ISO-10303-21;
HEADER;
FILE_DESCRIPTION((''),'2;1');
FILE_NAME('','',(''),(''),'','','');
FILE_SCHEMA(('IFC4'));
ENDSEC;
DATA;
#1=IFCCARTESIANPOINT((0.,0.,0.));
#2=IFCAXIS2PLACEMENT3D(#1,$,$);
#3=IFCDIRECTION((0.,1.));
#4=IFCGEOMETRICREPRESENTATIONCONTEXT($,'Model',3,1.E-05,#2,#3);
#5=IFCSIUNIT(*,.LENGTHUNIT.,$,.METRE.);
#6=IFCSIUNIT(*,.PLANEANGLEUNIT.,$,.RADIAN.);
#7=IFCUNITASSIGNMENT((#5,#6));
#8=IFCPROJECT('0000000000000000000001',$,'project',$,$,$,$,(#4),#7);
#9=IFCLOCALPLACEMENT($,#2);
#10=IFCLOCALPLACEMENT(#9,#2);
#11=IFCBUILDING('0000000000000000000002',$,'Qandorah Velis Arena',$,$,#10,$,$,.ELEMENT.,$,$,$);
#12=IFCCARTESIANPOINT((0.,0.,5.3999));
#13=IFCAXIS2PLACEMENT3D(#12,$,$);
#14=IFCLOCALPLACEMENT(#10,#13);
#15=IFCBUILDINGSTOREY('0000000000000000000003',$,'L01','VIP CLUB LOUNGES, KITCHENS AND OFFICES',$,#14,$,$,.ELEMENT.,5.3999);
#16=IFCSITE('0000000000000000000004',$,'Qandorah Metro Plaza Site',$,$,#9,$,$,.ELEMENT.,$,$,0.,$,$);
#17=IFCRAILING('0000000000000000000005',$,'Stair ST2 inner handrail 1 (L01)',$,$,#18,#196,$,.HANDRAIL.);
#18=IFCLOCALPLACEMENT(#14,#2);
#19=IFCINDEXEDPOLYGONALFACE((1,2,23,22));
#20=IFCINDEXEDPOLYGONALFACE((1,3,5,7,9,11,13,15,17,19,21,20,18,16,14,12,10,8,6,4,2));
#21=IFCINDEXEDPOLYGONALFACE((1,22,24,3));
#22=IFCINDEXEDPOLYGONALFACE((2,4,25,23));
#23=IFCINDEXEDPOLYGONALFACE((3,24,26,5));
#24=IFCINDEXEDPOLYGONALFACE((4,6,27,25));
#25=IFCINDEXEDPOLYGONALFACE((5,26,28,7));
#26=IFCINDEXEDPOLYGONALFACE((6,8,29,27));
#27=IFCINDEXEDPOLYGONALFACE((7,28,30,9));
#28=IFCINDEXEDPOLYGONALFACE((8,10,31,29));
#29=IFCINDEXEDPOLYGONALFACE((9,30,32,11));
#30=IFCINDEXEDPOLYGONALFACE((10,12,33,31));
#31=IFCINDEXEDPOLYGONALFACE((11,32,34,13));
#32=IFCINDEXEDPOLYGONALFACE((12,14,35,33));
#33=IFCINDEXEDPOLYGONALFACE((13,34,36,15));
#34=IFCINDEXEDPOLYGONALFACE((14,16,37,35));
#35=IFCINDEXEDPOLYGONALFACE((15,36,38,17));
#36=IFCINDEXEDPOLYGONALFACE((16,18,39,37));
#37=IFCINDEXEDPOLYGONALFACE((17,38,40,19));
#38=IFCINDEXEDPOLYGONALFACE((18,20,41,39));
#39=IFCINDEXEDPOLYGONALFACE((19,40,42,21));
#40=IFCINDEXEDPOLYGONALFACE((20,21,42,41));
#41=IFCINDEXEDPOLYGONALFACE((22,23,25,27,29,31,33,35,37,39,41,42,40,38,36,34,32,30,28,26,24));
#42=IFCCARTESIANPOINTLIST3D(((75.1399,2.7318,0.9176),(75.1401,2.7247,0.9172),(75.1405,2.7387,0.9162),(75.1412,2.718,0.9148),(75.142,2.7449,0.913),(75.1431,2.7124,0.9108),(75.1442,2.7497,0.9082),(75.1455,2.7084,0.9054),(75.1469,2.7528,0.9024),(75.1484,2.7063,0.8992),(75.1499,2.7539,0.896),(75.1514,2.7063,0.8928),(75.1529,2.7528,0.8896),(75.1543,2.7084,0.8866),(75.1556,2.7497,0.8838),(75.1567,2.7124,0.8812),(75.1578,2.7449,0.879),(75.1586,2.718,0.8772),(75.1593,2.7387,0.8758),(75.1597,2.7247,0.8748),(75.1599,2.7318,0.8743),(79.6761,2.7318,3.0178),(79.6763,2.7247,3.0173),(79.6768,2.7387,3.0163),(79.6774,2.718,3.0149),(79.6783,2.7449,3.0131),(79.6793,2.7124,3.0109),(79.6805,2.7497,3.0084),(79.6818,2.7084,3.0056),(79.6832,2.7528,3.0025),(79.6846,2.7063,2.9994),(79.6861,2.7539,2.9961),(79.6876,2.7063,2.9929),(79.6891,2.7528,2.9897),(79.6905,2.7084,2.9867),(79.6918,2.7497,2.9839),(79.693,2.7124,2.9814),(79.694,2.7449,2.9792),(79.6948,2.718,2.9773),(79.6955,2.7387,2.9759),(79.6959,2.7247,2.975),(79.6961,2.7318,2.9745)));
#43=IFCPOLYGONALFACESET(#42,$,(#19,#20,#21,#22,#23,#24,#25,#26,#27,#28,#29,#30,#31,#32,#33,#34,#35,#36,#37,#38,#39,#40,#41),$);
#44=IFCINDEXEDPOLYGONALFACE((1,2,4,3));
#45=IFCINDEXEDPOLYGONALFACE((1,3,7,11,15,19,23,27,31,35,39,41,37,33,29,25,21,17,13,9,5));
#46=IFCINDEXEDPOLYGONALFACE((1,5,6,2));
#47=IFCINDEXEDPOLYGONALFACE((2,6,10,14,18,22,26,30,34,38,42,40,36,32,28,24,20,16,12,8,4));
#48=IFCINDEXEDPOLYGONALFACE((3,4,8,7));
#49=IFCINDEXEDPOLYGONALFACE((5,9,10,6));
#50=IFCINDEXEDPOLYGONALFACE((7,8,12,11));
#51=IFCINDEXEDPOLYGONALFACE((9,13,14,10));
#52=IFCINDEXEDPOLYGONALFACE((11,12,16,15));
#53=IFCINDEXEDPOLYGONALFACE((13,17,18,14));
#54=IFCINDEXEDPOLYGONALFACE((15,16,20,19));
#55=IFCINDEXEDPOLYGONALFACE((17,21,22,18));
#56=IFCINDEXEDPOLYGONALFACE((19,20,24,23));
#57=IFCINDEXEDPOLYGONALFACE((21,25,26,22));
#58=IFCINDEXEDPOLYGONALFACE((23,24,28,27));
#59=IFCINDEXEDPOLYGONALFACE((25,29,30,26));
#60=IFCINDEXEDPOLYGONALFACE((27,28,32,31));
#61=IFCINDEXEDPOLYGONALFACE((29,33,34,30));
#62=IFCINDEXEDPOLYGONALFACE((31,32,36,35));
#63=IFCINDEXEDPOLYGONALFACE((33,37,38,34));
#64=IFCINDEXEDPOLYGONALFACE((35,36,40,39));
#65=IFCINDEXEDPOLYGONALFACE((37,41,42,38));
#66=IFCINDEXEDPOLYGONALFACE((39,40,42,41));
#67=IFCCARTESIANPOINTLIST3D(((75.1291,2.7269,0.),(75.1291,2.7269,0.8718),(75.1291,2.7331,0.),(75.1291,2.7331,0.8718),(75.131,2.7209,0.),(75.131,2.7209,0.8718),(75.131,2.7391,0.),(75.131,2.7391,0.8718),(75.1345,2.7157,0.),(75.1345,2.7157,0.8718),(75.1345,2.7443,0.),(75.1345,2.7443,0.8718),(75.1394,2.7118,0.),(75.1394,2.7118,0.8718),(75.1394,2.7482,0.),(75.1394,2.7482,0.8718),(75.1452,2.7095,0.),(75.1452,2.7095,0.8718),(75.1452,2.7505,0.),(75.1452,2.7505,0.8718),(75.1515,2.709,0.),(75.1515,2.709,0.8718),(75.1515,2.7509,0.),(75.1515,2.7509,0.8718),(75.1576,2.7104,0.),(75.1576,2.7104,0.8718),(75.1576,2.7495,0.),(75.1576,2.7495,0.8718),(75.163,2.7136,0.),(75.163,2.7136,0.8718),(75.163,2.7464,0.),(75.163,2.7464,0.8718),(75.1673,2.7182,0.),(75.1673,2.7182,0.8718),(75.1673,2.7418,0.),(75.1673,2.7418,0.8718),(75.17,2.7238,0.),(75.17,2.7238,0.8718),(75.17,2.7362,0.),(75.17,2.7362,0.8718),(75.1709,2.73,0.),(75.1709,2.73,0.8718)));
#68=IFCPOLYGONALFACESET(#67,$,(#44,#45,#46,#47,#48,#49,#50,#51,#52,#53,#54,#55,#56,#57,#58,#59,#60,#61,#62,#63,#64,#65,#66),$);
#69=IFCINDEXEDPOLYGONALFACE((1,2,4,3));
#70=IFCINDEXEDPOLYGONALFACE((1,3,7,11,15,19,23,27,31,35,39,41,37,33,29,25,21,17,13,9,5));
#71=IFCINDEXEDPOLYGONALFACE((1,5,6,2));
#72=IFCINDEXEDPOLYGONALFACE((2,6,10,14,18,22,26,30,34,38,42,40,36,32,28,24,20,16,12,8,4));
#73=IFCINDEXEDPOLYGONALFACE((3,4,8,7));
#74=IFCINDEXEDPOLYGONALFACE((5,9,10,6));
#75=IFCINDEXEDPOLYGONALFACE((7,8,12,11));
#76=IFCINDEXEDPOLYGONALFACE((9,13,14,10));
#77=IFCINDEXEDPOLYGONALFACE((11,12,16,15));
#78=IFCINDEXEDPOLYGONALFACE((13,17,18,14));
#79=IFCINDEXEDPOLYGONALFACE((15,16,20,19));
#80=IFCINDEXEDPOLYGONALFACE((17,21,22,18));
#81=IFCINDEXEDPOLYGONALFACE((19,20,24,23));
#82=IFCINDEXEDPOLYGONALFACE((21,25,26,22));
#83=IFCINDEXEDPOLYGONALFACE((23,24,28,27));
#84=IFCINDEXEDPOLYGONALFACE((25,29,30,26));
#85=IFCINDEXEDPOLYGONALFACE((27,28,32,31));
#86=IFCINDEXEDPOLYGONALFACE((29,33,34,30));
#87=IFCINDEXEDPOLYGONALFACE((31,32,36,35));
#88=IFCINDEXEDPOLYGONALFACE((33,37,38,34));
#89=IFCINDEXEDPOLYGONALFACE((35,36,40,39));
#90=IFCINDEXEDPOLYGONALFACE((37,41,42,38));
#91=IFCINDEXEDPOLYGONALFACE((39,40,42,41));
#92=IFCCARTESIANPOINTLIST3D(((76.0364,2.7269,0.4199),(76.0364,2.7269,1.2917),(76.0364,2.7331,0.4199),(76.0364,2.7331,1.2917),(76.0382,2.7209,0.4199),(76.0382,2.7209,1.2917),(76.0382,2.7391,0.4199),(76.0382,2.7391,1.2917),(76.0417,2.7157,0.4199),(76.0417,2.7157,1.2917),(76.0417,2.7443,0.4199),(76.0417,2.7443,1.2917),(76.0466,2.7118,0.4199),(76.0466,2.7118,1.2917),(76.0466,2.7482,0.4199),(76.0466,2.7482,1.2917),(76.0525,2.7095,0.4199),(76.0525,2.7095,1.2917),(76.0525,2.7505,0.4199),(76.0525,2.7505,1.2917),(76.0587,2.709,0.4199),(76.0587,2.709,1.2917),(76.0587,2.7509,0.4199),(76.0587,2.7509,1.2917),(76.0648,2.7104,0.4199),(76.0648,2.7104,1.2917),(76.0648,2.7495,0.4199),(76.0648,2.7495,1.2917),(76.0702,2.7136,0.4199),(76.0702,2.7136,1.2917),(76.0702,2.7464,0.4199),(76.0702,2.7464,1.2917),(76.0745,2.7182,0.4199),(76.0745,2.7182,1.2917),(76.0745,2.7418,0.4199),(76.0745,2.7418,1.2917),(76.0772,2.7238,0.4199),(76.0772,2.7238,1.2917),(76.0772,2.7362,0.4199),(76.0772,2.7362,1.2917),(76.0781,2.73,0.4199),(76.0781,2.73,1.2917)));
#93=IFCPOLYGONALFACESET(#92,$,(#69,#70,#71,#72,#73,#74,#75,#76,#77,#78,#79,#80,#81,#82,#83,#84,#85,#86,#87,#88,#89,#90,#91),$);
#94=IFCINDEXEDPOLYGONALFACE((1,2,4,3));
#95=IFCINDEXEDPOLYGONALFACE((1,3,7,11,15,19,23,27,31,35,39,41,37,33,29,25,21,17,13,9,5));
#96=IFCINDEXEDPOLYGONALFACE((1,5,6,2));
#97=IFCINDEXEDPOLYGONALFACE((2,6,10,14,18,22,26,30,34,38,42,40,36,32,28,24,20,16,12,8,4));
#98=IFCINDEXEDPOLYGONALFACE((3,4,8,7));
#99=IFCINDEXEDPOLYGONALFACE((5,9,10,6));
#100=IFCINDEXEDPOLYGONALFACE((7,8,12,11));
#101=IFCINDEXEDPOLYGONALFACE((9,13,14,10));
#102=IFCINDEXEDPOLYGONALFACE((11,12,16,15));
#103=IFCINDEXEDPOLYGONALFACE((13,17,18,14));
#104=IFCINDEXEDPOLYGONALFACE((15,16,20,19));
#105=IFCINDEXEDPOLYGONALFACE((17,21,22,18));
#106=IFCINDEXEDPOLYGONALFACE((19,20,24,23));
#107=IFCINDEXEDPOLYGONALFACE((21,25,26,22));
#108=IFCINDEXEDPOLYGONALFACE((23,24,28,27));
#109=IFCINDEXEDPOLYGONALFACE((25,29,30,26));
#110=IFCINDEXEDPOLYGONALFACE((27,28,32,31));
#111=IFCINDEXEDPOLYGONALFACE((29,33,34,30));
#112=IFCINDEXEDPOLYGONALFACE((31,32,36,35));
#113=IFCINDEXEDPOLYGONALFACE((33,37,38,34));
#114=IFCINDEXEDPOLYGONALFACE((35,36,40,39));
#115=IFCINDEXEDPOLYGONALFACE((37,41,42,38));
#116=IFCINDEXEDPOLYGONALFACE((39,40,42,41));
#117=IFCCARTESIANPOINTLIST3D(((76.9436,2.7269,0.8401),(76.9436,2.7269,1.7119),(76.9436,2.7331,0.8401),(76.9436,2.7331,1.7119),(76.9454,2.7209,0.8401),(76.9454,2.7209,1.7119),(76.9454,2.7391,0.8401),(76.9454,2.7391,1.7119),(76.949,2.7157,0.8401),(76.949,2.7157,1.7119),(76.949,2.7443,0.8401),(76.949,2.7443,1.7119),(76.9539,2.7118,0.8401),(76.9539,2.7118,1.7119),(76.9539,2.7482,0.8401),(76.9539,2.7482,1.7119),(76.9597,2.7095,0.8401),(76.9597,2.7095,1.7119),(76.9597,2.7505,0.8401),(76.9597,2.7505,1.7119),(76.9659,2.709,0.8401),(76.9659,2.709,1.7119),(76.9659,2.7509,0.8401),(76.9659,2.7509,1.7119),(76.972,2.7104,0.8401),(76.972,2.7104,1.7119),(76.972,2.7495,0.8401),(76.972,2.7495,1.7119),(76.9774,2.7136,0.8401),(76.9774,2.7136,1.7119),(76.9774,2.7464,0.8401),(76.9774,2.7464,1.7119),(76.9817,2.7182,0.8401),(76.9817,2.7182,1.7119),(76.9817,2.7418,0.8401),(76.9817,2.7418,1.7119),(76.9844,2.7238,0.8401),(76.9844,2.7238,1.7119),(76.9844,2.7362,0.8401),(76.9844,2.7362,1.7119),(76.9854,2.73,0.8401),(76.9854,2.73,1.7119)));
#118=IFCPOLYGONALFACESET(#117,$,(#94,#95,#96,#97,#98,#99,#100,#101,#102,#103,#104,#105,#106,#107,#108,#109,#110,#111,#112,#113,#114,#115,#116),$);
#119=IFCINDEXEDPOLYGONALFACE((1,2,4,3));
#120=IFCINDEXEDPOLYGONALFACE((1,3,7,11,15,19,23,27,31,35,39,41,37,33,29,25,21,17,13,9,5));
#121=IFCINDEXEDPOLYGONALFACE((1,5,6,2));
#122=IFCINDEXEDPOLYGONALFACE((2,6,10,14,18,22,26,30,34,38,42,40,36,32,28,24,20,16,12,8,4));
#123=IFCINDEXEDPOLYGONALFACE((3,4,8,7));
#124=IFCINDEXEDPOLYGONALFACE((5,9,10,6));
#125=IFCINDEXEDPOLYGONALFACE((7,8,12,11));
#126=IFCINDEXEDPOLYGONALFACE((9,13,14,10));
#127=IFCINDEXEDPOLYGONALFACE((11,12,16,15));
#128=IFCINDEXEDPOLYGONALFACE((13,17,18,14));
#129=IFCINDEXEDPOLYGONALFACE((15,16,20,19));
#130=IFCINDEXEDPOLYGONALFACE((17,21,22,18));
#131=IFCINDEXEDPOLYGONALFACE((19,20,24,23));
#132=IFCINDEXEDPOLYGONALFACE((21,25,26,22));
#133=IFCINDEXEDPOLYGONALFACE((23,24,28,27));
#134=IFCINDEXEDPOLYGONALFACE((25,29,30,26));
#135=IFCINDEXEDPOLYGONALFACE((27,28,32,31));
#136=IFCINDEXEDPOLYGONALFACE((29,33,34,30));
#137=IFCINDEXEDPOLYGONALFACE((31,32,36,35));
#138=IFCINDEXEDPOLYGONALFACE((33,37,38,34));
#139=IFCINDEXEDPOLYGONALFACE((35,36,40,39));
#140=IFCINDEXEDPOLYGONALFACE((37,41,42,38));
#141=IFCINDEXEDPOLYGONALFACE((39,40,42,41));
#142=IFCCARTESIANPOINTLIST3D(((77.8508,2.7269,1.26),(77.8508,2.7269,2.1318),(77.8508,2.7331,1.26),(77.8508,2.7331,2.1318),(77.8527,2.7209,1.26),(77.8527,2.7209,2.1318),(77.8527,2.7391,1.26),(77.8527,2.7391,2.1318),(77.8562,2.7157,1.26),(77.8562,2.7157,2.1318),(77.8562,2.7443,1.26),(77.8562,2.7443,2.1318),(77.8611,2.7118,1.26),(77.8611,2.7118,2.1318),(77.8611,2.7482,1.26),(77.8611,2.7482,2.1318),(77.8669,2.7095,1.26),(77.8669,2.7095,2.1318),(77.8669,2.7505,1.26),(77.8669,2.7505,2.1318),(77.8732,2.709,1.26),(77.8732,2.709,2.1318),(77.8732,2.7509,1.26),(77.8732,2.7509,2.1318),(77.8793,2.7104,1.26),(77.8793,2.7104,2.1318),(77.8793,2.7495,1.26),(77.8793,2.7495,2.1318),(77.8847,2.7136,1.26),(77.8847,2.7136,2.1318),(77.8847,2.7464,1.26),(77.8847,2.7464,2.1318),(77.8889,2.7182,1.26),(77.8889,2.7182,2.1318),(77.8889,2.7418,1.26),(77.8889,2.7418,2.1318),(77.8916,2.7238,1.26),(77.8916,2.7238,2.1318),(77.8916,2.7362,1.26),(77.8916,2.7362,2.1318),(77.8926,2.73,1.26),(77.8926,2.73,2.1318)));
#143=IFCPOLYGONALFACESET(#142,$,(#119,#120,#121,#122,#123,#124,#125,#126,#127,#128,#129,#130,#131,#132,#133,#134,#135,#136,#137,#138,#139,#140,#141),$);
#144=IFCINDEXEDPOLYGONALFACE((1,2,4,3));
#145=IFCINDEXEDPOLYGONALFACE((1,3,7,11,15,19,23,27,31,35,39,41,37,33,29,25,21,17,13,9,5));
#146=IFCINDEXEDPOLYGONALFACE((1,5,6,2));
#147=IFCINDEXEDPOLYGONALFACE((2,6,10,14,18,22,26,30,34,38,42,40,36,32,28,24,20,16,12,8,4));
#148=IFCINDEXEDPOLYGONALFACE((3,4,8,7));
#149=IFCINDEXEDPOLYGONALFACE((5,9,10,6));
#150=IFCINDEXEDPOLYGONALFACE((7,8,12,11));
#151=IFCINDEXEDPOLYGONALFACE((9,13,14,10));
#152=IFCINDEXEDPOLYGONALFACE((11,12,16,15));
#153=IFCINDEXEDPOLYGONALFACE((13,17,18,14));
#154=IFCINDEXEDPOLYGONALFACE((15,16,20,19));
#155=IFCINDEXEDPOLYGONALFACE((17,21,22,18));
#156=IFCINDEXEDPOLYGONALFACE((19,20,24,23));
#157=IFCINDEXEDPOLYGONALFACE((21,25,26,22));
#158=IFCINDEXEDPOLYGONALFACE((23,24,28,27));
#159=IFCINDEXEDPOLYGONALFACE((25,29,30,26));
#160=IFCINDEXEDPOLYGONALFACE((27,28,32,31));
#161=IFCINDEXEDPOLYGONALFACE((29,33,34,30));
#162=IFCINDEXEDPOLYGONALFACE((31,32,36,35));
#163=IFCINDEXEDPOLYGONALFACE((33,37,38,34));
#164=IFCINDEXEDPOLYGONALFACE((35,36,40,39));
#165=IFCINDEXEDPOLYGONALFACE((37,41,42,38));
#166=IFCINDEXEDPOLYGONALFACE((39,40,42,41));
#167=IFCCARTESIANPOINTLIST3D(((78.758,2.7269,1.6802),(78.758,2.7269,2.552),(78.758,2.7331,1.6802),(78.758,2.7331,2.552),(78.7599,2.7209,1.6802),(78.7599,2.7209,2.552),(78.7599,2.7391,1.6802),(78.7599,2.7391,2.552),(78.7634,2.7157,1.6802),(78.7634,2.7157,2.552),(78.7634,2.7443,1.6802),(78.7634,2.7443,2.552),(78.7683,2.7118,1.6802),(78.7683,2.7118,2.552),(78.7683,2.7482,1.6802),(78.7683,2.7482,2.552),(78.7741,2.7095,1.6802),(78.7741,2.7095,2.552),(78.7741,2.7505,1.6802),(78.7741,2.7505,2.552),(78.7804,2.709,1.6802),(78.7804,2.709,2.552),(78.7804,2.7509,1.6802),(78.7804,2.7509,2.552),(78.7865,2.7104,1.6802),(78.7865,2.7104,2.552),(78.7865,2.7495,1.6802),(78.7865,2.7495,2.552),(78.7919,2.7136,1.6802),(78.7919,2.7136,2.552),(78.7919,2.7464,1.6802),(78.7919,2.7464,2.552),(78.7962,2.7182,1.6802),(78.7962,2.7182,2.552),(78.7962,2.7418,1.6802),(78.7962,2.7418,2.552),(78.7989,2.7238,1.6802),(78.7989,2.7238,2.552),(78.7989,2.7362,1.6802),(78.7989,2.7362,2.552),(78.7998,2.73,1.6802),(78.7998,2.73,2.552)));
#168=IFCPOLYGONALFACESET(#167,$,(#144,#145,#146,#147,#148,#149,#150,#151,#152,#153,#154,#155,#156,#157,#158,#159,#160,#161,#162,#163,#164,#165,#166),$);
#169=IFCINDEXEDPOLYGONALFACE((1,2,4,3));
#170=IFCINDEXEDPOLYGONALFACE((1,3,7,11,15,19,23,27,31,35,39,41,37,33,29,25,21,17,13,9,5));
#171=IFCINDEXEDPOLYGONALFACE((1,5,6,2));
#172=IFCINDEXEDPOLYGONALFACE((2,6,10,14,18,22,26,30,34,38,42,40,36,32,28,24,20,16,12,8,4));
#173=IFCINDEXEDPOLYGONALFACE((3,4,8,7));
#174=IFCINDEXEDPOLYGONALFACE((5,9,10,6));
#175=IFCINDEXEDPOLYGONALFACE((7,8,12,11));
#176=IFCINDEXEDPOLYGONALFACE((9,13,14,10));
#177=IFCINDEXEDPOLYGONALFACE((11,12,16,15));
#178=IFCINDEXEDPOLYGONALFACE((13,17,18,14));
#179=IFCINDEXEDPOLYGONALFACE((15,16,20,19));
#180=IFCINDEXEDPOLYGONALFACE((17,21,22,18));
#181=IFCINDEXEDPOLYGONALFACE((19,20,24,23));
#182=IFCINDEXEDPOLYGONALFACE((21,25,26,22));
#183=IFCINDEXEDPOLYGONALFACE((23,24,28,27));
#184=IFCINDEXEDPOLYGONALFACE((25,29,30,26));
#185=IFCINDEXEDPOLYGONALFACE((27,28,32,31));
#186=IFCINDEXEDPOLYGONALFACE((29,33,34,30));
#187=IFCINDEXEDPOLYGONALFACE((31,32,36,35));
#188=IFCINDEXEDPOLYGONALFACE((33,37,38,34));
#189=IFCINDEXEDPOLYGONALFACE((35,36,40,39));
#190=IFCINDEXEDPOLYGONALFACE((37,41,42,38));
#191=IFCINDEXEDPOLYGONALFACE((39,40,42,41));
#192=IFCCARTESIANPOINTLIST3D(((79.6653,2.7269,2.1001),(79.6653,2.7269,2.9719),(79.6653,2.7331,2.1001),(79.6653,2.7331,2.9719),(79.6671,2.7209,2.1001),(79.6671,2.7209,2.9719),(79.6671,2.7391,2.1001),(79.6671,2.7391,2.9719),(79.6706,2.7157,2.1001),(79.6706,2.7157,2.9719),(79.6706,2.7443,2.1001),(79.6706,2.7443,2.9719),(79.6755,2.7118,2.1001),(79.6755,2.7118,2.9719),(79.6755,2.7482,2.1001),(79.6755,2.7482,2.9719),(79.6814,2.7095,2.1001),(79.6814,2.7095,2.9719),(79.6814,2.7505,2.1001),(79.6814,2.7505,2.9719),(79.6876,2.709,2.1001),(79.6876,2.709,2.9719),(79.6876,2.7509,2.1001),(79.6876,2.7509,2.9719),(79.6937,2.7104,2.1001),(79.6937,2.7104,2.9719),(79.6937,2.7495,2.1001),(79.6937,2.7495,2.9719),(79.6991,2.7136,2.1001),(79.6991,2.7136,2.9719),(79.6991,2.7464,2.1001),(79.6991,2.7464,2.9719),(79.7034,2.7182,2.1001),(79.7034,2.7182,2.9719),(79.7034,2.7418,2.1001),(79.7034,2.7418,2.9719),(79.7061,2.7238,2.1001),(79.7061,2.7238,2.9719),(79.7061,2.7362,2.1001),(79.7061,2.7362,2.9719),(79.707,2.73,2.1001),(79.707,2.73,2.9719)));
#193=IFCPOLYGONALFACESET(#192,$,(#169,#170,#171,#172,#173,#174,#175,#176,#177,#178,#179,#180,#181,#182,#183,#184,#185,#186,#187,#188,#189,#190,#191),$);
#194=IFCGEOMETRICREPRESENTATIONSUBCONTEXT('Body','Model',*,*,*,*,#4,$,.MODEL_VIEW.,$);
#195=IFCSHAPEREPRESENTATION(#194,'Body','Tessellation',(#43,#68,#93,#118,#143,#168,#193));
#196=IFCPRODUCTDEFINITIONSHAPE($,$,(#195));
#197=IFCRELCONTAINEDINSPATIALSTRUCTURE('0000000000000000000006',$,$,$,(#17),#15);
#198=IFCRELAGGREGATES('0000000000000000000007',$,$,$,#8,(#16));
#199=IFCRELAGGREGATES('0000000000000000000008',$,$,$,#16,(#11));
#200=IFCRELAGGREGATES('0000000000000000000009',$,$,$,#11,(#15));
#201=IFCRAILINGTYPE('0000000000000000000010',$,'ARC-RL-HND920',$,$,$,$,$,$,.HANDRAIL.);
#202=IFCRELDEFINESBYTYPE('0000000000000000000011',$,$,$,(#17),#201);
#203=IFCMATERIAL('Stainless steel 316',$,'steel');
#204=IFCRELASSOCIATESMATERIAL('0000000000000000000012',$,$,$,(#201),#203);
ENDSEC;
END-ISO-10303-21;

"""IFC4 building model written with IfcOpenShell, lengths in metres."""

from ifc_helpers import new_model, si_unit, direction, frame, origin, origin_2d, place, context, subcontext, project, spatial, circle, extrude, material, type_object, element, save


model = new_model("IFC4")

# Units and contexts
model_context = context("Model", 3, precision=1e-05, world=origin(), true_north=direction((0.0, 1.0)))
body_context = subcontext(model_context, "Body", "Model", "MODEL_VIEW")
ifc_project = project(units=[si_unit("LENGTHUNIT", "METRE"), si_unit("PLANEANGLEUNIT", "RADIAN")], contexts=[model_context])

# Site, building, storey
site_placement = place(None, origin())
site = spatial("IfcSite", under=ifc_project, at=site_placement, Name="Qandorah Metro Plaza Site", CompositionType="ELEMENT", RefElevation=0.0)
building_placement = place(site_placement, origin())
building = spatial("IfcBuilding", under=site, at=building_placement, Name="Qandorah Velis Arena", CompositionType="ELEMENT")
storey_placement = place(building_placement, frame((0.0, 0.0, 5.3999)))
storey = spatial("IfcBuildingStorey", under=building, at=storey_placement, Name="L01", Description="VIP CLUB LOUNGES, KITCHENS AND OFFICES", CompositionType="ELEMENT", Elevation=5.3999)

# Railing
ifc_material_1 = material(Name="Stainless steel 316", Category="steel")
railing_type_1 = type_object("IfcRailingType", Name="ARC-RL-HND920", PredefinedType="HANDRAIL", material=ifc_material_1)
railing_1_placement = place(storey_placement, frame((75.1499, 2.73, 0.0)))
element("IfcRailing", 1, at=railing_1_placement, inside=storey, type_object=railing_type_1, Name="Stair ST2 inner handrail 1 (L01)", PredefinedType="HANDRAIL", context=body_context, shape_type="SweptSolid", body=[
    extrude(circle(Radius=0.0239, at=origin_2d()), frame((0.0, 0.0, 0.896), z_axis=(0.907464, 0.0, 0.42013), x_axis=(0.0, 1.0, 0.0)), (0.0, 0.0, 1.0), 4.9988),
    extrude(circle(Radius=0.021, at=origin_2d()), origin(), (0.0, 0.0, 1.0), 0.8718),
    extrude(circle(Radius=0.021, at=origin_2d()), frame((0.9072, 0.0, 0.4199)), (0.0, 0.0, 1.0), 0.8718),
    extrude(circle(Radius=0.021, at=origin_2d()), frame((1.8145, 0.0, 0.8401)), (0.0, 0.0, 1.0), 0.8718),
    extrude(circle(Radius=0.021, at=origin_2d()), frame((2.7217, 0.0, 1.26)), (0.0, 0.0, 1.0), 0.8718),
    extrude(circle(Radius=0.021, at=origin_2d()), frame((3.6289, 0.0, 1.6802)), (0.0, 0.0, 1.0), 0.8718),
    extrude(circle(Radius=0.021, at=origin_2d()), frame((4.5361, 0.0, 2.1001)), (0.0, 0.0, 1.0), 0.8718),
])

save(model, "model.ifc")
